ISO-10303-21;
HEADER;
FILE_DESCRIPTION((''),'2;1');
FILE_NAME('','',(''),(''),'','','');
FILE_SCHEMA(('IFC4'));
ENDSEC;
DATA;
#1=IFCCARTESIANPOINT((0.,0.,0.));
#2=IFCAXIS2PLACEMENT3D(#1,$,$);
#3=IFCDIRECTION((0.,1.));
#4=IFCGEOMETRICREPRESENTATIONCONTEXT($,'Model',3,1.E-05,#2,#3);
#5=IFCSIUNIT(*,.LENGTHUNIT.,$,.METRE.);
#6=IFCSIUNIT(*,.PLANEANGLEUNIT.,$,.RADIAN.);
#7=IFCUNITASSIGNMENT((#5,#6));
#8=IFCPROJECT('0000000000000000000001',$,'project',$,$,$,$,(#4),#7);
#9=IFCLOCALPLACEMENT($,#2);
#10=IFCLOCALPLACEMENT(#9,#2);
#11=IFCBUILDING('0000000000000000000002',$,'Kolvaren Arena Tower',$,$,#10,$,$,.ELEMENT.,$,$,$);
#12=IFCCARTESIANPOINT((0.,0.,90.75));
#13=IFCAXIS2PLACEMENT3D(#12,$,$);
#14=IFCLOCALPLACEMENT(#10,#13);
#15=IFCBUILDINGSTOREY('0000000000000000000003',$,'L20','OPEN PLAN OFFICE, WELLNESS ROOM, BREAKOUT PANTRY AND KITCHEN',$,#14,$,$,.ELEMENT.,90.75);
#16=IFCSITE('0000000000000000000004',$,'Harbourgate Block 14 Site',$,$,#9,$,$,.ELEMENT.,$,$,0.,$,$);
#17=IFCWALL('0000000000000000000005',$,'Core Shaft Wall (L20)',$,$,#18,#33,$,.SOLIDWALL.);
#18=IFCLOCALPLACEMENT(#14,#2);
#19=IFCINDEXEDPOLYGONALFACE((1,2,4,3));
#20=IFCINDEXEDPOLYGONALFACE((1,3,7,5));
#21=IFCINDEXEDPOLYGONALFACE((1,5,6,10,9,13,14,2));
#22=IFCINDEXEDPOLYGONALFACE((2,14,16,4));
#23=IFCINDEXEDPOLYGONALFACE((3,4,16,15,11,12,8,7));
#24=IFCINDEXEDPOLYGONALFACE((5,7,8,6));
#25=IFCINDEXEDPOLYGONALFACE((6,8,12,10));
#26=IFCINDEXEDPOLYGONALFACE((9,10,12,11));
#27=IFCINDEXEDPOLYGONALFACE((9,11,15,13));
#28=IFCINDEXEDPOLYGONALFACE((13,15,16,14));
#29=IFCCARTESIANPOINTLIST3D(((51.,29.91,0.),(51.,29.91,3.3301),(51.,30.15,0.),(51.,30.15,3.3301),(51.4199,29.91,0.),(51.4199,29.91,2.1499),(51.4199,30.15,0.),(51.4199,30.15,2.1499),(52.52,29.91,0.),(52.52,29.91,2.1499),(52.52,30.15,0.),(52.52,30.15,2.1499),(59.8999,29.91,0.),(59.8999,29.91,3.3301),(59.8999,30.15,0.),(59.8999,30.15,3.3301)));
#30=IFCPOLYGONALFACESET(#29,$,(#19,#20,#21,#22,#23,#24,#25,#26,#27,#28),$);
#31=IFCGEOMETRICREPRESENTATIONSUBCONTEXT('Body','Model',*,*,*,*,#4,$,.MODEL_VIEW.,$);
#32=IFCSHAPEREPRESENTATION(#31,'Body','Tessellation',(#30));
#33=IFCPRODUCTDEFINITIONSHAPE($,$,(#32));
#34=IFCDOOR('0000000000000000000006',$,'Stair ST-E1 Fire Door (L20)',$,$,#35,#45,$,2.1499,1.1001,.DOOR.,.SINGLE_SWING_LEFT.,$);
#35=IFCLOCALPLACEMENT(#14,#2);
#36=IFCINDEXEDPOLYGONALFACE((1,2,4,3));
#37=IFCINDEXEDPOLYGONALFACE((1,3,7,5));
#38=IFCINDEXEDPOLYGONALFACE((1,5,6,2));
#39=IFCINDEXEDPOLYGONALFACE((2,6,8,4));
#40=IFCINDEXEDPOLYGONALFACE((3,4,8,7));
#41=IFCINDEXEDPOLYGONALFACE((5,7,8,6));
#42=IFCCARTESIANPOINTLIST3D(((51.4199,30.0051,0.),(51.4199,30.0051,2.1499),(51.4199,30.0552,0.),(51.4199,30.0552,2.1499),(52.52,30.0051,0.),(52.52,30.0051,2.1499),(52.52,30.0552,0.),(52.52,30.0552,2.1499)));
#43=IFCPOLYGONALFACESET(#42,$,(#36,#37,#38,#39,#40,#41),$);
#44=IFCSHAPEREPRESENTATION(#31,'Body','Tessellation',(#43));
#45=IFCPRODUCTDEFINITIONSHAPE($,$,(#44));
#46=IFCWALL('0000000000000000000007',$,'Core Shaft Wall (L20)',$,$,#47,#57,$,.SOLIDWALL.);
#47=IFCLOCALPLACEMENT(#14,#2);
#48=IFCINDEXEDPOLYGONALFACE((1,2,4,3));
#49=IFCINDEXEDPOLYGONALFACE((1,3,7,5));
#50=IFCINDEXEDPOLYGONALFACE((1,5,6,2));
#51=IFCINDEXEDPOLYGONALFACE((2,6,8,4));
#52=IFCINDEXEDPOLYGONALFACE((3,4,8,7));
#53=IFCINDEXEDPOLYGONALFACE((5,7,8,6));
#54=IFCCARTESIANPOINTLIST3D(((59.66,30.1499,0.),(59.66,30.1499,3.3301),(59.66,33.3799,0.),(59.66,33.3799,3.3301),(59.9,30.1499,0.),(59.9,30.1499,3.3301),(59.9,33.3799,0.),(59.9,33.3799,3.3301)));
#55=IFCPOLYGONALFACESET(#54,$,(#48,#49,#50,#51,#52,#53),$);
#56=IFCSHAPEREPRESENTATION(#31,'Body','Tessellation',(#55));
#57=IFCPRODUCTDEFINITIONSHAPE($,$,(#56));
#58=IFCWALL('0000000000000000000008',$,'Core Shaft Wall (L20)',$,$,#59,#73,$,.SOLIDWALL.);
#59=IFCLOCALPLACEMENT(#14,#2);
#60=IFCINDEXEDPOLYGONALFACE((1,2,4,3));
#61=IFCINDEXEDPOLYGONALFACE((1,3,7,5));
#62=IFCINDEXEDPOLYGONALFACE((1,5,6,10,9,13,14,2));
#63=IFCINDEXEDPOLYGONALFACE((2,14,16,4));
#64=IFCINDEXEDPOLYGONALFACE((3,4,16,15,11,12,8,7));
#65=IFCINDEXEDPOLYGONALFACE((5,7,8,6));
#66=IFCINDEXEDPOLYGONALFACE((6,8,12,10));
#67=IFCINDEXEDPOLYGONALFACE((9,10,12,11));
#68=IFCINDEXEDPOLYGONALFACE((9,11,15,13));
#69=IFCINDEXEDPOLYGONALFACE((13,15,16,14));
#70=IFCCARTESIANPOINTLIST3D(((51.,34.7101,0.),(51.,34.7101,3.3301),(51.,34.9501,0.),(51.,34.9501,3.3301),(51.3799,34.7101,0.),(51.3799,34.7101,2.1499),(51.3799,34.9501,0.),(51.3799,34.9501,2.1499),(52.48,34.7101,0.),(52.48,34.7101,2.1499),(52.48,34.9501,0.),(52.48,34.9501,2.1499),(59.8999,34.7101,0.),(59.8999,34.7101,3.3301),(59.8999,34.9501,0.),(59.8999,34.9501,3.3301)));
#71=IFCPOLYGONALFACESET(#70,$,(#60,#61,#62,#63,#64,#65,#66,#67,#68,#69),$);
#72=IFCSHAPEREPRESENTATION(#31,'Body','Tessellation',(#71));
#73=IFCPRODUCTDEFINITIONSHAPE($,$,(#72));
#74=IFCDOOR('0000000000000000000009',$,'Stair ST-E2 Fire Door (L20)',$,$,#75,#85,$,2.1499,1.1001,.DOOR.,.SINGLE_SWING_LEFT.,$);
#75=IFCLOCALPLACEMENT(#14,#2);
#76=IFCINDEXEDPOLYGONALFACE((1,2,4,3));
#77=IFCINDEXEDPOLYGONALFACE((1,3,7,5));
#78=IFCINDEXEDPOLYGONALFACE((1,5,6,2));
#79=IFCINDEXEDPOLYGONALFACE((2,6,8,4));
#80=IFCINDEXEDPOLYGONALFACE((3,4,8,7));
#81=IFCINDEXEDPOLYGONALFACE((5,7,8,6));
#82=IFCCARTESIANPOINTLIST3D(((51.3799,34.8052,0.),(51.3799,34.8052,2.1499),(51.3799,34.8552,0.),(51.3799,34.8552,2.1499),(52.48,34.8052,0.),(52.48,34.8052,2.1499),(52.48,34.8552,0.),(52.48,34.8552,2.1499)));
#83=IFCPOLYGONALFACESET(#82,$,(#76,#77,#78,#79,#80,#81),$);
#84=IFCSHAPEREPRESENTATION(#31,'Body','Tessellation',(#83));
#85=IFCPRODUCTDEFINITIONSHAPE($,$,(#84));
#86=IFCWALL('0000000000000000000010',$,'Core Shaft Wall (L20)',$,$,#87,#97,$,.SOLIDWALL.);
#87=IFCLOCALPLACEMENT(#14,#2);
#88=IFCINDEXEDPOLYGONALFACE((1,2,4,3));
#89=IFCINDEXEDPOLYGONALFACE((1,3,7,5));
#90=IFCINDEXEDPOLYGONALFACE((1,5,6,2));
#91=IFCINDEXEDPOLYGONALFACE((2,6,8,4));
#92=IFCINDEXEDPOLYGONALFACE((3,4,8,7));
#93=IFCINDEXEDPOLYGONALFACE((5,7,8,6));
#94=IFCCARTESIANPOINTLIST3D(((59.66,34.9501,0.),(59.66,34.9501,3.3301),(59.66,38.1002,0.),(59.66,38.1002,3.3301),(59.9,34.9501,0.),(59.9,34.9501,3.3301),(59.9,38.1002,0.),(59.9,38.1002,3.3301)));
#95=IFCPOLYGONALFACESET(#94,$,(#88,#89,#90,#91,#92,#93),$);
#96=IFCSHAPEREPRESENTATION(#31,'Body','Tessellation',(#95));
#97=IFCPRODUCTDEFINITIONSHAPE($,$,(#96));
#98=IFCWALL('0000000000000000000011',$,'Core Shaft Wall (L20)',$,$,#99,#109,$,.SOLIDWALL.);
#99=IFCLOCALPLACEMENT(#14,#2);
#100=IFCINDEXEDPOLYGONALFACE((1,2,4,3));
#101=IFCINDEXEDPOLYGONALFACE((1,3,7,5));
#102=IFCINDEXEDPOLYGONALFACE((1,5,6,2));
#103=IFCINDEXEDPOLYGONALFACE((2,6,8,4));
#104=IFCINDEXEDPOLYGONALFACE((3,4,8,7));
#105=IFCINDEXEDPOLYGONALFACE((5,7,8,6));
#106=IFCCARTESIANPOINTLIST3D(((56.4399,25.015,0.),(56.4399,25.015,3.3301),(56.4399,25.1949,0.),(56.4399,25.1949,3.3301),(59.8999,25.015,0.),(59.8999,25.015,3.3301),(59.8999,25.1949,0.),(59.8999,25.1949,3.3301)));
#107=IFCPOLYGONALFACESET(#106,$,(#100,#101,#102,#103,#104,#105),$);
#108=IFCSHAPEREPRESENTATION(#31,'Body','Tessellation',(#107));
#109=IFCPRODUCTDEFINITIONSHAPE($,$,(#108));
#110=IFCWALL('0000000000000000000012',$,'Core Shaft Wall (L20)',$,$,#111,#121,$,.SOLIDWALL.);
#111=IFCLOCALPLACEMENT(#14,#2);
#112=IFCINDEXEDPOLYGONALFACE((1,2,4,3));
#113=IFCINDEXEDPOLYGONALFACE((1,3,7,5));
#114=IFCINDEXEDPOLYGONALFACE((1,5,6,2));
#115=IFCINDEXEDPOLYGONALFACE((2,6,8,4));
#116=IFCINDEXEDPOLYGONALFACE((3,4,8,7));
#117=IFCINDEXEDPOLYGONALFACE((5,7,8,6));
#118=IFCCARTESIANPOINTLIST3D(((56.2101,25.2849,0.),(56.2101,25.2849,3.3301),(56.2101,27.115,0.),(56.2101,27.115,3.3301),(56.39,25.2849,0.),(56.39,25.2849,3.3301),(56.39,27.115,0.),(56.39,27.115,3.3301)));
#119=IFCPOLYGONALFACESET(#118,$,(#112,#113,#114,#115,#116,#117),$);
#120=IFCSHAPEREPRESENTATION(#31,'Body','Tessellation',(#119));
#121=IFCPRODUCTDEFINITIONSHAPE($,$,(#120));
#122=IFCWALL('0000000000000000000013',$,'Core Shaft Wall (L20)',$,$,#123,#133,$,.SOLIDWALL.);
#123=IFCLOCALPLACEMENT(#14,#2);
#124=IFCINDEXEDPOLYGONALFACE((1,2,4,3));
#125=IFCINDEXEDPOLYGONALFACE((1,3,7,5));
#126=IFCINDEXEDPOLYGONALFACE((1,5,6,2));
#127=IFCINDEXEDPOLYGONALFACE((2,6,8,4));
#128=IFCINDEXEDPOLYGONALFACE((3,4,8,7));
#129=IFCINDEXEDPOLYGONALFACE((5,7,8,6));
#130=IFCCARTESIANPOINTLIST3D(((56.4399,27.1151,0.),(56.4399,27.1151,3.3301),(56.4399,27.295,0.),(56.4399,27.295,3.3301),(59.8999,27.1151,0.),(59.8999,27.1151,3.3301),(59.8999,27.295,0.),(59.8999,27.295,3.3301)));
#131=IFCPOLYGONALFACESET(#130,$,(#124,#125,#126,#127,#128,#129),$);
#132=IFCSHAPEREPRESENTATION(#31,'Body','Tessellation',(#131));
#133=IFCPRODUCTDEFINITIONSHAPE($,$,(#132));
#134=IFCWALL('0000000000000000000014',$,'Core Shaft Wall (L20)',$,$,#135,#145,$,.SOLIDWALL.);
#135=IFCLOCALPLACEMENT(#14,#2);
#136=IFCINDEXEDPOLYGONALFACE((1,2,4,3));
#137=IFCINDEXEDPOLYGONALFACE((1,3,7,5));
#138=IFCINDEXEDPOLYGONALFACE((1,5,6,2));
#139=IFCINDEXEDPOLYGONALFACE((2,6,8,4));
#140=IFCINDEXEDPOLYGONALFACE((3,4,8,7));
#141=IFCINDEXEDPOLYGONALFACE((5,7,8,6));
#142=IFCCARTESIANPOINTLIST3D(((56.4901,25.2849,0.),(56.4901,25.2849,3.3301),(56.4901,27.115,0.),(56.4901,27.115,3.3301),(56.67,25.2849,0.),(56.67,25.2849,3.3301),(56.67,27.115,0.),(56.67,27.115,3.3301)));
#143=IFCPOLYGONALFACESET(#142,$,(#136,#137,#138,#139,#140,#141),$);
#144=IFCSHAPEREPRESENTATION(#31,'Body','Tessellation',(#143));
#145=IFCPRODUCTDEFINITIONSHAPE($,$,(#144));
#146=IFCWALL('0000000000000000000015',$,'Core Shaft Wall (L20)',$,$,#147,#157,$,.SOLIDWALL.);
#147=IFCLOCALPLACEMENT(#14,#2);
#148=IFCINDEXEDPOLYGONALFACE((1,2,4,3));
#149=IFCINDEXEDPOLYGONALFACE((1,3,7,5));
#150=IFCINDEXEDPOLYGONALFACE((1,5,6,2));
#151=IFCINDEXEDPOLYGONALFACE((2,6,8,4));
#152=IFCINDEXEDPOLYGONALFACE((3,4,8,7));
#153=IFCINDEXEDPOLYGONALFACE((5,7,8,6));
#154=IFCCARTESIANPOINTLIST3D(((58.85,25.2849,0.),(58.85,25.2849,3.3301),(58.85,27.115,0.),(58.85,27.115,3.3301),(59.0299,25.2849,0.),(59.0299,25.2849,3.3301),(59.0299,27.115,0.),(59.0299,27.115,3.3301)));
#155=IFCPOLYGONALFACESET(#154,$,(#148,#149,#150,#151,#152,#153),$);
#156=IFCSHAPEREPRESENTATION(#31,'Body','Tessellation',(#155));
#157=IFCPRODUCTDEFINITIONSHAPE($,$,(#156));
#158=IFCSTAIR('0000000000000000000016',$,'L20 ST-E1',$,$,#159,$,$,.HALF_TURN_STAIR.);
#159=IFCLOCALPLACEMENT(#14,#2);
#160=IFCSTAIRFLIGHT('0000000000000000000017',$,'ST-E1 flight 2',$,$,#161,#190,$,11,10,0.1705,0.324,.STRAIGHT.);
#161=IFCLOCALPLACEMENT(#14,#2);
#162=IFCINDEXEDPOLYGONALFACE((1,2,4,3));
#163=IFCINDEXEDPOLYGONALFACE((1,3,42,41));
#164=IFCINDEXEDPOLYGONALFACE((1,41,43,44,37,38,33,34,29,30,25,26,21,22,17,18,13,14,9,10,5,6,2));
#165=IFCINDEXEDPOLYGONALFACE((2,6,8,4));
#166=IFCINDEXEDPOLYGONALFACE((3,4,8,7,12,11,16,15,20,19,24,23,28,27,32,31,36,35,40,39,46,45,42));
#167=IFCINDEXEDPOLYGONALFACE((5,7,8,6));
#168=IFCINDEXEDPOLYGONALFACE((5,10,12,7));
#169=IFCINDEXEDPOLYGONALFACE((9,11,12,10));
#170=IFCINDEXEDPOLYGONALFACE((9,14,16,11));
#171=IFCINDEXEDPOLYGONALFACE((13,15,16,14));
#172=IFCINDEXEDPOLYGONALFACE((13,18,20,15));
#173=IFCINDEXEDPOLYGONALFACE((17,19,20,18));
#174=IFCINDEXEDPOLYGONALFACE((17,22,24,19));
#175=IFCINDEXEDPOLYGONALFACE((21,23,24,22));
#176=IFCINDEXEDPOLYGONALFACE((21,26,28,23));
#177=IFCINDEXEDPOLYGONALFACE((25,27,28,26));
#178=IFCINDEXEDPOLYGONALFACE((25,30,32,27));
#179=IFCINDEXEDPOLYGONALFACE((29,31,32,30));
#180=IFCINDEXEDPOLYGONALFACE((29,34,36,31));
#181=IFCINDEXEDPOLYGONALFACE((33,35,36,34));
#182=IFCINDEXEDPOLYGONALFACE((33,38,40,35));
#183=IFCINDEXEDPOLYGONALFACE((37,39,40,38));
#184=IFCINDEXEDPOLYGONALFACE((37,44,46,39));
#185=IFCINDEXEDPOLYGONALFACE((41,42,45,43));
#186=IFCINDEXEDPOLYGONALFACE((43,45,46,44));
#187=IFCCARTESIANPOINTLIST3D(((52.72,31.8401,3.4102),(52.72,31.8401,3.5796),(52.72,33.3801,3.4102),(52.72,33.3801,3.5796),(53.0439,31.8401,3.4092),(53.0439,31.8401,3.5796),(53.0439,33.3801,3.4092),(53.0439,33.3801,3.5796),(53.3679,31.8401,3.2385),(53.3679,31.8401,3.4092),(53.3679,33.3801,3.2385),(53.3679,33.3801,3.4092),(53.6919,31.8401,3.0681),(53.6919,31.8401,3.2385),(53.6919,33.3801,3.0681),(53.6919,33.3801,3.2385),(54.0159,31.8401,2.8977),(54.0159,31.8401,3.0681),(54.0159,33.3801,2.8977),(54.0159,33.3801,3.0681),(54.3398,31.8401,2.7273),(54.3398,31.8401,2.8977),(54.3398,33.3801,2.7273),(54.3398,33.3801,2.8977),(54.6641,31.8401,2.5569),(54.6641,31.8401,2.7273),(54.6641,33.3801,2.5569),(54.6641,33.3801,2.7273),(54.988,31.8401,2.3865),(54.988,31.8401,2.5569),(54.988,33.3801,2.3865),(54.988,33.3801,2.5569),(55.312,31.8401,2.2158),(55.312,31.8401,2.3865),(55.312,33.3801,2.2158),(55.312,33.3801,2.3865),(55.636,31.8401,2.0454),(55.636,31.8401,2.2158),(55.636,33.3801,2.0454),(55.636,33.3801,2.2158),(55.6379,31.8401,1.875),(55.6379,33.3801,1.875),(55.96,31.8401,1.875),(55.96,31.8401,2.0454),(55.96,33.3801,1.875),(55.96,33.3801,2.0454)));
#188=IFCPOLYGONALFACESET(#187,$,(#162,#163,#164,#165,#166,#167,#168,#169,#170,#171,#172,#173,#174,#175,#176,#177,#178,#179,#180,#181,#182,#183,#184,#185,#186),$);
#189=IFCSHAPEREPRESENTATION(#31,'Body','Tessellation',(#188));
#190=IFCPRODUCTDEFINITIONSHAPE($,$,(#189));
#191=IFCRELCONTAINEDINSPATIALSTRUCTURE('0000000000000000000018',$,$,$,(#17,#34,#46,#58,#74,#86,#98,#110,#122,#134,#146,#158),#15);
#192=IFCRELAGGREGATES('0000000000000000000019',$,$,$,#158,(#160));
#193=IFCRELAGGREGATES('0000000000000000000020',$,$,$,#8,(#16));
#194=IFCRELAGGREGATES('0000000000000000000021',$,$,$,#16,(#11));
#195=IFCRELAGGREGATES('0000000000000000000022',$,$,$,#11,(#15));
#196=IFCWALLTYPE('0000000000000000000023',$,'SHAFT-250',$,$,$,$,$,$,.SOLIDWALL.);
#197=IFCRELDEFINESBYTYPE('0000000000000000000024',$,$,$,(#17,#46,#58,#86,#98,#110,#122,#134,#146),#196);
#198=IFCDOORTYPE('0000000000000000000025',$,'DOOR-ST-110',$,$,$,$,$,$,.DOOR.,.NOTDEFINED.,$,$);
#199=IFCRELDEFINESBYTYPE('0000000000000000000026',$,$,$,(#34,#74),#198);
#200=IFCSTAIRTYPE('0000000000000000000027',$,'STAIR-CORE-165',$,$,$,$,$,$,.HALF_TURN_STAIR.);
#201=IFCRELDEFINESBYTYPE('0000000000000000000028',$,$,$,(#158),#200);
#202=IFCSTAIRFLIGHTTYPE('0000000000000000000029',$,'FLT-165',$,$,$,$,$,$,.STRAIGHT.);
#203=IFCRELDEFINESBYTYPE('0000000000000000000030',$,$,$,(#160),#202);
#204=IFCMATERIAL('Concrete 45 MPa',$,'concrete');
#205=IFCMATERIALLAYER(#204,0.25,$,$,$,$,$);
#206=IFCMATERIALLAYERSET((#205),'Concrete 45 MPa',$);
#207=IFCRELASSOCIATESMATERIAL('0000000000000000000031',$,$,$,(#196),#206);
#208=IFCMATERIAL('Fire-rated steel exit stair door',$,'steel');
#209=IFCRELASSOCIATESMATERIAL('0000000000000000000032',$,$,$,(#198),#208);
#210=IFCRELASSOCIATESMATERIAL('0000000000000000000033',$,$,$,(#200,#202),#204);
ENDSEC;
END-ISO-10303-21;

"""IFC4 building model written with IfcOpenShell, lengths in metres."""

from ifc_helpers import new_model, si_unit, direction, frame, frame_2d, origin, place, context, subcontext, project, spatial, polyline, rectangle, outline, extrude, material, layer, layer_set, type_object, element, fill, aggregate, save


model = new_model("IFC4")

# Units and contexts
model_context = context("Model", 3, precision=1e-05, world=origin(), true_north=direction((0.0, 1.0)))
body_context = subcontext(model_context, "Body", "Model", "MODEL_VIEW")
ifc_project = project(units=[si_unit("LENGTHUNIT", "METRE"), si_unit("PLANEANGLEUNIT", "RADIAN")], contexts=[model_context])

# Site, building, storey
site_placement = place(None, origin())
site = spatial("IfcSite", under=ifc_project, at=site_placement, Name="Harbourgate Block 14 Site", CompositionType="ELEMENT", RefElevation=0.0)
building_placement = place(site_placement, origin())
building = spatial("IfcBuilding", under=site, at=building_placement, Name="Kolvaren Arena Tower", CompositionType="ELEMENT")
storey_placement = place(building_placement, frame((0.0, 0.0, 90.75)))
storey = spatial("IfcBuildingStorey", under=building, at=storey_placement, Name="L20", Description="OPEN PLAN OFFICE, WELLNESS ROOM, BREAKOUT PANTRY AND KITCHEN", CompositionType="ELEMENT", Elevation=90.75)

# Wall, opening, door
ifc_material_1 = material(Name="Concrete 45 MPa", Category="concrete")
ifc_layer = layer(ifc_material_1, 0.25)
ifc_layer_set = layer_set([ifc_layer], Name="Concrete 45 MPa")
wall_type = type_object("IfcWallType", Name="SHAFT-250", PredefinedType="SOLIDWALL", material=ifc_layer_set)
wall_1_placement = place(storey_placement, frame((59.8999, 30.03, 0.0), z_axis=(0.0, 0.0, 1.0), x_axis=(-1.0, 0.0, 0.0)))
wall_1 = element("IfcWall", 1, at=wall_1_placement, inside=storey, type_object=wall_type, Name="Core Shaft Wall (L20)", PredefinedType="SOLIDWALL", context=body_context, shape_type="SweptSolid", body=[
    extrude(rectangle(XDim=8.8999, YDim=0.24, at=frame_2d((4.45, 0.0))), origin(), (0.0, 0.0, 1.0), 3.3301),
])
opening_1_placement = place(wall_1_placement, frame((7.3799, 0.0, 0.0)))
opening_1 = element("IfcOpeningElement", 2, at=opening_1_placement, cuts=wall_1, PredefinedType="OPENING", context=body_context, shape_type="SweptSolid", body=[
    extrude(rectangle(XDim=1.1001, YDim=2.1499, at=frame_2d((0.55, 1.075))), frame((0.0, 0.1299, 0.0), z_axis=(0.0, -1.0, 0.0), x_axis=(1.0, 0.0, 0.0)), (0.0, 0.0, 1.0), 0.26),
])
ifc_material_2 = material(Name="Fire-rated steel exit stair door", Category="steel")
door_type = type_object("IfcDoorType", Name="DOOR-ST-110", OperationType="NOTDEFINED", PredefinedType="DOOR", material=ifc_material_2)
door_1_placement = place(opening_1_placement, origin())
door_1 = element("IfcDoor", 3, at=door_1_placement, inside=storey, type_object=door_type, Name="Stair ST-E1 Fire Door (L20)", OperationType="SINGLE_SWING_LEFT", OverallHeight=2.1499, OverallWidth=1.1001, PredefinedType="DOOR", context=body_context, shape_type="SweptSolid", body=[
    extrude(rectangle(XDim=1.1001, YDim=2.1499, at=frame_2d((0.55, 1.075))), frame((0.0, 0.0249, 0.0), z_axis=(0.0, -1.0, 0.0), x_axis=(1.0, 0.0, 0.0)), (0.0, 0.0, 1.0), 0.05),
])
fill(opening_1, door_1)

# Wall
wall_2_placement = place(storey_placement, frame((59.78, 30.1499, 0.0), z_axis=(0.0, 0.0, 1.0), x_axis=(0.0, 1.0, 0.0)))
element("IfcWall", 4, at=wall_2_placement, inside=storey, type_object=wall_type, Name="Core Shaft Wall (L20)", PredefinedType="SOLIDWALL", context=body_context, shape_type="SweptSolid", body=[
    extrude(rectangle(XDim=3.23, YDim=0.24, at=frame_2d((1.615, 0.0))), origin(), (0.0, 0.0, 1.0), 3.3301),
])

# Wall, opening, door
wall_3_placement = place(storey_placement, frame((59.8999, 34.8301, 0.0), z_axis=(0.0, 0.0, 1.0), x_axis=(-1.0, 0.0, 0.0)))
wall_3 = element("IfcWall", 5, at=wall_3_placement, inside=storey, type_object=wall_type, Name="Core Shaft Wall (L20)", PredefinedType="SOLIDWALL", context=body_context, shape_type="SweptSolid", body=[
    extrude(rectangle(XDim=8.8999, YDim=0.24, at=frame_2d((4.45, 0.0))), origin(), (0.0, 0.0, 1.0), 3.3301),
])
opening_2_placement = place(wall_3_placement, frame((7.4199, 0.0, 0.0)))
opening_2 = element("IfcOpeningElement", 6, at=opening_2_placement, cuts=wall_3, PredefinedType="OPENING", context=body_context, shape_type="SweptSolid", body=[
    extrude(rectangle(XDim=1.1001, YDim=2.1499, at=frame_2d((0.55, 1.075))), frame((0.0, 0.1299, 0.0), z_axis=(0.0, -1.0, 0.0), x_axis=(1.0, 0.0, 0.0)), (0.0, 0.0, 1.0), 0.26),
])
door_2_placement = place(opening_2_placement, origin())
door_2 = element("IfcDoor", 7, at=door_2_placement, inside=storey, type_object=door_type, Name="Stair ST-E2 Fire Door (L20)", OperationType="SINGLE_SWING_LEFT", OverallHeight=2.1499, OverallWidth=1.1001, PredefinedType="DOOR", context=body_context, shape_type="SweptSolid", body=[
    extrude(rectangle(XDim=1.1001, YDim=2.1499, at=frame_2d((0.55, 1.075))), frame((0.0, 0.0249, 0.0), z_axis=(0.0, -1.0, 0.0), x_axis=(1.0, 0.0, 0.0)), (0.0, 0.0, 1.0), 0.05),
])
fill(opening_2, door_2)

# Walls
wall_4_placement = place(storey_placement, frame((59.78, 34.95, 0.0), z_axis=(0.0, 0.0, 1.0), x_axis=(0.0, 1.0, 0.0)))
element("IfcWall", 8, at=wall_4_placement, inside=storey, type_object=wall_type, Name="Core Shaft Wall (L20)", PredefinedType="SOLIDWALL", context=body_context, shape_type="SweptSolid", body=[
    extrude(rectangle(XDim=3.1501, YDim=0.24, at=frame_2d((1.5752, 0.0))), origin(), (0.0, 0.0, 1.0), 3.3301),
])
wall_5_placement = place(storey_placement, frame((56.4399, 25.105, 0.0), z_axis=(0.0, 0.0, 1.0), x_axis=(1.0, 0.0, 0.0)))
element("IfcWall", 9, at=wall_5_placement, inside=storey, type_object=wall_type, Name="Core Shaft Wall (L20)", PredefinedType="SOLIDWALL", context=body_context, shape_type="SweptSolid", body=[
    extrude(rectangle(XDim=3.46, YDim=0.1799, at=frame_2d((1.73, 0.0))), origin(), (0.0, 0.0, 1.0), 3.3301),
])
wall_6_placement = place(storey_placement, frame((56.3, 25.2849, 0.0), z_axis=(0.0, 0.0, 1.0), x_axis=(0.0, 1.0, 0.0)))
element("IfcWall", 10, at=wall_6_placement, inside=storey, type_object=wall_type, Name="Core Shaft Wall (L20)", PredefinedType="SOLIDWALL", context=body_context, shape_type="SweptSolid", body=[
    extrude(rectangle(XDim=1.8301, YDim=0.1799, at=frame_2d((0.915, 0.0))), origin(), (0.0, 0.0, 1.0), 3.3301),
])
wall_7_placement = place(storey_placement, frame((56.4399, 27.2051, 0.0), z_axis=(0.0, 0.0, 1.0), x_axis=(1.0, 0.0, 0.0)))
element("IfcWall", 11, at=wall_7_placement, inside=storey, type_object=wall_type, Name="Core Shaft Wall (L20)", PredefinedType="SOLIDWALL", context=body_context, shape_type="SweptSolid", body=[
    extrude(rectangle(XDim=3.46, YDim=0.1799, at=frame_2d((1.73, 0.0))), origin(), (0.0, 0.0, 1.0), 3.3301),
])
for number, where, z_axis, x_axis, name in (
    (12, (56.5801, 25.2849, 0.0), (0.0, 0.0, 1.0), (0.0, 1.0, 0.0), "Core Shaft Wall (L20)"),
    (13, (58.9399, 25.2849, 0.0), (0.0, 0.0, 1.0), (0.0, 1.0, 0.0), "Core Shaft Wall (L20)"),
):
    element("IfcWall", number, at=place(storey_placement, frame(where, z_axis=z_axis, x_axis=x_axis)), inside=storey, type_object=wall_type, Name=name, PredefinedType="SOLIDWALL", context=body_context, shape_type="SweptSolid", body=[
        extrude(rectangle(XDim=1.8301, YDim=0.1799, at=frame_2d((0.915, 0.0))), origin(), (0.0, 0.0, 1.0), 3.3301),
    ])

# Stair, stair flight
stair_type = type_object("IfcStairType", Name="STAIR-CORE-165", PredefinedType="HALF_TURN_STAIR", material=ifc_material_1)
stair_placement = place(storey_placement, origin())
stair = element("IfcStair", 14, at=stair_placement, inside=storey, type_object=stair_type, Name="L20 ST-E1", PredefinedType="HALF_TURN_STAIR")
stair_flight_type = type_object("IfcStairFlightType", Name="FLT-165", PredefinedType="STRAIGHT", material=ifc_material_1)
stair_flight_placement = place(storey_placement, frame((55.96, 32.6101, 1.875), z_axis=(0.0, 0.0, 1.0), x_axis=(-1.0, 0.0, 0.0)))
stair_flight = element("IfcStairFlight", 15, at=stair_flight_placement, type_object=stair_flight_type, Name="ST-E1 flight 2", NumberOfRisers=11, NumberOfTreads=10, PredefinedType="STRAIGHT", RiserHeight=0.1705, TreadLength=0.324, context=body_context, shape_type="SweptSolid", body=[
    extrude(outline(polyline([(0.0, 0.0), (0.0, 0.1704), (0.324, 0.1704), (0.324, 0.3408), (0.6479, 0.3408), (0.6479, 0.5115), (0.9719, 0.5115), (0.9719, 0.6819), (1.2959, 0.6819), (1.2959, 0.8523), (1.6201, 0.8523), (1.6201, 1.0227), (1.9441, 1.0227), (1.9441, 1.1931), (2.2681, 1.1931), (2.2681, 1.3635), (2.592, 1.3635), (2.592, 1.5342), (2.916, 1.5342), (2.916, 1.7046), (3.24, 1.7046), (3.24, 1.875), (3.24, 1.5352), (0.322, 0.0), (0.0, 0.0)])), frame((0.0, 0.77, 0.0), z_axis=(0.0, -1.0, 0.0), x_axis=(1.0, 0.0, 0.0)), (0.0, 0.0, 1.0), 1.54),
])
aggregate(stair, [stair_flight])

save(model, "model.ifc")
